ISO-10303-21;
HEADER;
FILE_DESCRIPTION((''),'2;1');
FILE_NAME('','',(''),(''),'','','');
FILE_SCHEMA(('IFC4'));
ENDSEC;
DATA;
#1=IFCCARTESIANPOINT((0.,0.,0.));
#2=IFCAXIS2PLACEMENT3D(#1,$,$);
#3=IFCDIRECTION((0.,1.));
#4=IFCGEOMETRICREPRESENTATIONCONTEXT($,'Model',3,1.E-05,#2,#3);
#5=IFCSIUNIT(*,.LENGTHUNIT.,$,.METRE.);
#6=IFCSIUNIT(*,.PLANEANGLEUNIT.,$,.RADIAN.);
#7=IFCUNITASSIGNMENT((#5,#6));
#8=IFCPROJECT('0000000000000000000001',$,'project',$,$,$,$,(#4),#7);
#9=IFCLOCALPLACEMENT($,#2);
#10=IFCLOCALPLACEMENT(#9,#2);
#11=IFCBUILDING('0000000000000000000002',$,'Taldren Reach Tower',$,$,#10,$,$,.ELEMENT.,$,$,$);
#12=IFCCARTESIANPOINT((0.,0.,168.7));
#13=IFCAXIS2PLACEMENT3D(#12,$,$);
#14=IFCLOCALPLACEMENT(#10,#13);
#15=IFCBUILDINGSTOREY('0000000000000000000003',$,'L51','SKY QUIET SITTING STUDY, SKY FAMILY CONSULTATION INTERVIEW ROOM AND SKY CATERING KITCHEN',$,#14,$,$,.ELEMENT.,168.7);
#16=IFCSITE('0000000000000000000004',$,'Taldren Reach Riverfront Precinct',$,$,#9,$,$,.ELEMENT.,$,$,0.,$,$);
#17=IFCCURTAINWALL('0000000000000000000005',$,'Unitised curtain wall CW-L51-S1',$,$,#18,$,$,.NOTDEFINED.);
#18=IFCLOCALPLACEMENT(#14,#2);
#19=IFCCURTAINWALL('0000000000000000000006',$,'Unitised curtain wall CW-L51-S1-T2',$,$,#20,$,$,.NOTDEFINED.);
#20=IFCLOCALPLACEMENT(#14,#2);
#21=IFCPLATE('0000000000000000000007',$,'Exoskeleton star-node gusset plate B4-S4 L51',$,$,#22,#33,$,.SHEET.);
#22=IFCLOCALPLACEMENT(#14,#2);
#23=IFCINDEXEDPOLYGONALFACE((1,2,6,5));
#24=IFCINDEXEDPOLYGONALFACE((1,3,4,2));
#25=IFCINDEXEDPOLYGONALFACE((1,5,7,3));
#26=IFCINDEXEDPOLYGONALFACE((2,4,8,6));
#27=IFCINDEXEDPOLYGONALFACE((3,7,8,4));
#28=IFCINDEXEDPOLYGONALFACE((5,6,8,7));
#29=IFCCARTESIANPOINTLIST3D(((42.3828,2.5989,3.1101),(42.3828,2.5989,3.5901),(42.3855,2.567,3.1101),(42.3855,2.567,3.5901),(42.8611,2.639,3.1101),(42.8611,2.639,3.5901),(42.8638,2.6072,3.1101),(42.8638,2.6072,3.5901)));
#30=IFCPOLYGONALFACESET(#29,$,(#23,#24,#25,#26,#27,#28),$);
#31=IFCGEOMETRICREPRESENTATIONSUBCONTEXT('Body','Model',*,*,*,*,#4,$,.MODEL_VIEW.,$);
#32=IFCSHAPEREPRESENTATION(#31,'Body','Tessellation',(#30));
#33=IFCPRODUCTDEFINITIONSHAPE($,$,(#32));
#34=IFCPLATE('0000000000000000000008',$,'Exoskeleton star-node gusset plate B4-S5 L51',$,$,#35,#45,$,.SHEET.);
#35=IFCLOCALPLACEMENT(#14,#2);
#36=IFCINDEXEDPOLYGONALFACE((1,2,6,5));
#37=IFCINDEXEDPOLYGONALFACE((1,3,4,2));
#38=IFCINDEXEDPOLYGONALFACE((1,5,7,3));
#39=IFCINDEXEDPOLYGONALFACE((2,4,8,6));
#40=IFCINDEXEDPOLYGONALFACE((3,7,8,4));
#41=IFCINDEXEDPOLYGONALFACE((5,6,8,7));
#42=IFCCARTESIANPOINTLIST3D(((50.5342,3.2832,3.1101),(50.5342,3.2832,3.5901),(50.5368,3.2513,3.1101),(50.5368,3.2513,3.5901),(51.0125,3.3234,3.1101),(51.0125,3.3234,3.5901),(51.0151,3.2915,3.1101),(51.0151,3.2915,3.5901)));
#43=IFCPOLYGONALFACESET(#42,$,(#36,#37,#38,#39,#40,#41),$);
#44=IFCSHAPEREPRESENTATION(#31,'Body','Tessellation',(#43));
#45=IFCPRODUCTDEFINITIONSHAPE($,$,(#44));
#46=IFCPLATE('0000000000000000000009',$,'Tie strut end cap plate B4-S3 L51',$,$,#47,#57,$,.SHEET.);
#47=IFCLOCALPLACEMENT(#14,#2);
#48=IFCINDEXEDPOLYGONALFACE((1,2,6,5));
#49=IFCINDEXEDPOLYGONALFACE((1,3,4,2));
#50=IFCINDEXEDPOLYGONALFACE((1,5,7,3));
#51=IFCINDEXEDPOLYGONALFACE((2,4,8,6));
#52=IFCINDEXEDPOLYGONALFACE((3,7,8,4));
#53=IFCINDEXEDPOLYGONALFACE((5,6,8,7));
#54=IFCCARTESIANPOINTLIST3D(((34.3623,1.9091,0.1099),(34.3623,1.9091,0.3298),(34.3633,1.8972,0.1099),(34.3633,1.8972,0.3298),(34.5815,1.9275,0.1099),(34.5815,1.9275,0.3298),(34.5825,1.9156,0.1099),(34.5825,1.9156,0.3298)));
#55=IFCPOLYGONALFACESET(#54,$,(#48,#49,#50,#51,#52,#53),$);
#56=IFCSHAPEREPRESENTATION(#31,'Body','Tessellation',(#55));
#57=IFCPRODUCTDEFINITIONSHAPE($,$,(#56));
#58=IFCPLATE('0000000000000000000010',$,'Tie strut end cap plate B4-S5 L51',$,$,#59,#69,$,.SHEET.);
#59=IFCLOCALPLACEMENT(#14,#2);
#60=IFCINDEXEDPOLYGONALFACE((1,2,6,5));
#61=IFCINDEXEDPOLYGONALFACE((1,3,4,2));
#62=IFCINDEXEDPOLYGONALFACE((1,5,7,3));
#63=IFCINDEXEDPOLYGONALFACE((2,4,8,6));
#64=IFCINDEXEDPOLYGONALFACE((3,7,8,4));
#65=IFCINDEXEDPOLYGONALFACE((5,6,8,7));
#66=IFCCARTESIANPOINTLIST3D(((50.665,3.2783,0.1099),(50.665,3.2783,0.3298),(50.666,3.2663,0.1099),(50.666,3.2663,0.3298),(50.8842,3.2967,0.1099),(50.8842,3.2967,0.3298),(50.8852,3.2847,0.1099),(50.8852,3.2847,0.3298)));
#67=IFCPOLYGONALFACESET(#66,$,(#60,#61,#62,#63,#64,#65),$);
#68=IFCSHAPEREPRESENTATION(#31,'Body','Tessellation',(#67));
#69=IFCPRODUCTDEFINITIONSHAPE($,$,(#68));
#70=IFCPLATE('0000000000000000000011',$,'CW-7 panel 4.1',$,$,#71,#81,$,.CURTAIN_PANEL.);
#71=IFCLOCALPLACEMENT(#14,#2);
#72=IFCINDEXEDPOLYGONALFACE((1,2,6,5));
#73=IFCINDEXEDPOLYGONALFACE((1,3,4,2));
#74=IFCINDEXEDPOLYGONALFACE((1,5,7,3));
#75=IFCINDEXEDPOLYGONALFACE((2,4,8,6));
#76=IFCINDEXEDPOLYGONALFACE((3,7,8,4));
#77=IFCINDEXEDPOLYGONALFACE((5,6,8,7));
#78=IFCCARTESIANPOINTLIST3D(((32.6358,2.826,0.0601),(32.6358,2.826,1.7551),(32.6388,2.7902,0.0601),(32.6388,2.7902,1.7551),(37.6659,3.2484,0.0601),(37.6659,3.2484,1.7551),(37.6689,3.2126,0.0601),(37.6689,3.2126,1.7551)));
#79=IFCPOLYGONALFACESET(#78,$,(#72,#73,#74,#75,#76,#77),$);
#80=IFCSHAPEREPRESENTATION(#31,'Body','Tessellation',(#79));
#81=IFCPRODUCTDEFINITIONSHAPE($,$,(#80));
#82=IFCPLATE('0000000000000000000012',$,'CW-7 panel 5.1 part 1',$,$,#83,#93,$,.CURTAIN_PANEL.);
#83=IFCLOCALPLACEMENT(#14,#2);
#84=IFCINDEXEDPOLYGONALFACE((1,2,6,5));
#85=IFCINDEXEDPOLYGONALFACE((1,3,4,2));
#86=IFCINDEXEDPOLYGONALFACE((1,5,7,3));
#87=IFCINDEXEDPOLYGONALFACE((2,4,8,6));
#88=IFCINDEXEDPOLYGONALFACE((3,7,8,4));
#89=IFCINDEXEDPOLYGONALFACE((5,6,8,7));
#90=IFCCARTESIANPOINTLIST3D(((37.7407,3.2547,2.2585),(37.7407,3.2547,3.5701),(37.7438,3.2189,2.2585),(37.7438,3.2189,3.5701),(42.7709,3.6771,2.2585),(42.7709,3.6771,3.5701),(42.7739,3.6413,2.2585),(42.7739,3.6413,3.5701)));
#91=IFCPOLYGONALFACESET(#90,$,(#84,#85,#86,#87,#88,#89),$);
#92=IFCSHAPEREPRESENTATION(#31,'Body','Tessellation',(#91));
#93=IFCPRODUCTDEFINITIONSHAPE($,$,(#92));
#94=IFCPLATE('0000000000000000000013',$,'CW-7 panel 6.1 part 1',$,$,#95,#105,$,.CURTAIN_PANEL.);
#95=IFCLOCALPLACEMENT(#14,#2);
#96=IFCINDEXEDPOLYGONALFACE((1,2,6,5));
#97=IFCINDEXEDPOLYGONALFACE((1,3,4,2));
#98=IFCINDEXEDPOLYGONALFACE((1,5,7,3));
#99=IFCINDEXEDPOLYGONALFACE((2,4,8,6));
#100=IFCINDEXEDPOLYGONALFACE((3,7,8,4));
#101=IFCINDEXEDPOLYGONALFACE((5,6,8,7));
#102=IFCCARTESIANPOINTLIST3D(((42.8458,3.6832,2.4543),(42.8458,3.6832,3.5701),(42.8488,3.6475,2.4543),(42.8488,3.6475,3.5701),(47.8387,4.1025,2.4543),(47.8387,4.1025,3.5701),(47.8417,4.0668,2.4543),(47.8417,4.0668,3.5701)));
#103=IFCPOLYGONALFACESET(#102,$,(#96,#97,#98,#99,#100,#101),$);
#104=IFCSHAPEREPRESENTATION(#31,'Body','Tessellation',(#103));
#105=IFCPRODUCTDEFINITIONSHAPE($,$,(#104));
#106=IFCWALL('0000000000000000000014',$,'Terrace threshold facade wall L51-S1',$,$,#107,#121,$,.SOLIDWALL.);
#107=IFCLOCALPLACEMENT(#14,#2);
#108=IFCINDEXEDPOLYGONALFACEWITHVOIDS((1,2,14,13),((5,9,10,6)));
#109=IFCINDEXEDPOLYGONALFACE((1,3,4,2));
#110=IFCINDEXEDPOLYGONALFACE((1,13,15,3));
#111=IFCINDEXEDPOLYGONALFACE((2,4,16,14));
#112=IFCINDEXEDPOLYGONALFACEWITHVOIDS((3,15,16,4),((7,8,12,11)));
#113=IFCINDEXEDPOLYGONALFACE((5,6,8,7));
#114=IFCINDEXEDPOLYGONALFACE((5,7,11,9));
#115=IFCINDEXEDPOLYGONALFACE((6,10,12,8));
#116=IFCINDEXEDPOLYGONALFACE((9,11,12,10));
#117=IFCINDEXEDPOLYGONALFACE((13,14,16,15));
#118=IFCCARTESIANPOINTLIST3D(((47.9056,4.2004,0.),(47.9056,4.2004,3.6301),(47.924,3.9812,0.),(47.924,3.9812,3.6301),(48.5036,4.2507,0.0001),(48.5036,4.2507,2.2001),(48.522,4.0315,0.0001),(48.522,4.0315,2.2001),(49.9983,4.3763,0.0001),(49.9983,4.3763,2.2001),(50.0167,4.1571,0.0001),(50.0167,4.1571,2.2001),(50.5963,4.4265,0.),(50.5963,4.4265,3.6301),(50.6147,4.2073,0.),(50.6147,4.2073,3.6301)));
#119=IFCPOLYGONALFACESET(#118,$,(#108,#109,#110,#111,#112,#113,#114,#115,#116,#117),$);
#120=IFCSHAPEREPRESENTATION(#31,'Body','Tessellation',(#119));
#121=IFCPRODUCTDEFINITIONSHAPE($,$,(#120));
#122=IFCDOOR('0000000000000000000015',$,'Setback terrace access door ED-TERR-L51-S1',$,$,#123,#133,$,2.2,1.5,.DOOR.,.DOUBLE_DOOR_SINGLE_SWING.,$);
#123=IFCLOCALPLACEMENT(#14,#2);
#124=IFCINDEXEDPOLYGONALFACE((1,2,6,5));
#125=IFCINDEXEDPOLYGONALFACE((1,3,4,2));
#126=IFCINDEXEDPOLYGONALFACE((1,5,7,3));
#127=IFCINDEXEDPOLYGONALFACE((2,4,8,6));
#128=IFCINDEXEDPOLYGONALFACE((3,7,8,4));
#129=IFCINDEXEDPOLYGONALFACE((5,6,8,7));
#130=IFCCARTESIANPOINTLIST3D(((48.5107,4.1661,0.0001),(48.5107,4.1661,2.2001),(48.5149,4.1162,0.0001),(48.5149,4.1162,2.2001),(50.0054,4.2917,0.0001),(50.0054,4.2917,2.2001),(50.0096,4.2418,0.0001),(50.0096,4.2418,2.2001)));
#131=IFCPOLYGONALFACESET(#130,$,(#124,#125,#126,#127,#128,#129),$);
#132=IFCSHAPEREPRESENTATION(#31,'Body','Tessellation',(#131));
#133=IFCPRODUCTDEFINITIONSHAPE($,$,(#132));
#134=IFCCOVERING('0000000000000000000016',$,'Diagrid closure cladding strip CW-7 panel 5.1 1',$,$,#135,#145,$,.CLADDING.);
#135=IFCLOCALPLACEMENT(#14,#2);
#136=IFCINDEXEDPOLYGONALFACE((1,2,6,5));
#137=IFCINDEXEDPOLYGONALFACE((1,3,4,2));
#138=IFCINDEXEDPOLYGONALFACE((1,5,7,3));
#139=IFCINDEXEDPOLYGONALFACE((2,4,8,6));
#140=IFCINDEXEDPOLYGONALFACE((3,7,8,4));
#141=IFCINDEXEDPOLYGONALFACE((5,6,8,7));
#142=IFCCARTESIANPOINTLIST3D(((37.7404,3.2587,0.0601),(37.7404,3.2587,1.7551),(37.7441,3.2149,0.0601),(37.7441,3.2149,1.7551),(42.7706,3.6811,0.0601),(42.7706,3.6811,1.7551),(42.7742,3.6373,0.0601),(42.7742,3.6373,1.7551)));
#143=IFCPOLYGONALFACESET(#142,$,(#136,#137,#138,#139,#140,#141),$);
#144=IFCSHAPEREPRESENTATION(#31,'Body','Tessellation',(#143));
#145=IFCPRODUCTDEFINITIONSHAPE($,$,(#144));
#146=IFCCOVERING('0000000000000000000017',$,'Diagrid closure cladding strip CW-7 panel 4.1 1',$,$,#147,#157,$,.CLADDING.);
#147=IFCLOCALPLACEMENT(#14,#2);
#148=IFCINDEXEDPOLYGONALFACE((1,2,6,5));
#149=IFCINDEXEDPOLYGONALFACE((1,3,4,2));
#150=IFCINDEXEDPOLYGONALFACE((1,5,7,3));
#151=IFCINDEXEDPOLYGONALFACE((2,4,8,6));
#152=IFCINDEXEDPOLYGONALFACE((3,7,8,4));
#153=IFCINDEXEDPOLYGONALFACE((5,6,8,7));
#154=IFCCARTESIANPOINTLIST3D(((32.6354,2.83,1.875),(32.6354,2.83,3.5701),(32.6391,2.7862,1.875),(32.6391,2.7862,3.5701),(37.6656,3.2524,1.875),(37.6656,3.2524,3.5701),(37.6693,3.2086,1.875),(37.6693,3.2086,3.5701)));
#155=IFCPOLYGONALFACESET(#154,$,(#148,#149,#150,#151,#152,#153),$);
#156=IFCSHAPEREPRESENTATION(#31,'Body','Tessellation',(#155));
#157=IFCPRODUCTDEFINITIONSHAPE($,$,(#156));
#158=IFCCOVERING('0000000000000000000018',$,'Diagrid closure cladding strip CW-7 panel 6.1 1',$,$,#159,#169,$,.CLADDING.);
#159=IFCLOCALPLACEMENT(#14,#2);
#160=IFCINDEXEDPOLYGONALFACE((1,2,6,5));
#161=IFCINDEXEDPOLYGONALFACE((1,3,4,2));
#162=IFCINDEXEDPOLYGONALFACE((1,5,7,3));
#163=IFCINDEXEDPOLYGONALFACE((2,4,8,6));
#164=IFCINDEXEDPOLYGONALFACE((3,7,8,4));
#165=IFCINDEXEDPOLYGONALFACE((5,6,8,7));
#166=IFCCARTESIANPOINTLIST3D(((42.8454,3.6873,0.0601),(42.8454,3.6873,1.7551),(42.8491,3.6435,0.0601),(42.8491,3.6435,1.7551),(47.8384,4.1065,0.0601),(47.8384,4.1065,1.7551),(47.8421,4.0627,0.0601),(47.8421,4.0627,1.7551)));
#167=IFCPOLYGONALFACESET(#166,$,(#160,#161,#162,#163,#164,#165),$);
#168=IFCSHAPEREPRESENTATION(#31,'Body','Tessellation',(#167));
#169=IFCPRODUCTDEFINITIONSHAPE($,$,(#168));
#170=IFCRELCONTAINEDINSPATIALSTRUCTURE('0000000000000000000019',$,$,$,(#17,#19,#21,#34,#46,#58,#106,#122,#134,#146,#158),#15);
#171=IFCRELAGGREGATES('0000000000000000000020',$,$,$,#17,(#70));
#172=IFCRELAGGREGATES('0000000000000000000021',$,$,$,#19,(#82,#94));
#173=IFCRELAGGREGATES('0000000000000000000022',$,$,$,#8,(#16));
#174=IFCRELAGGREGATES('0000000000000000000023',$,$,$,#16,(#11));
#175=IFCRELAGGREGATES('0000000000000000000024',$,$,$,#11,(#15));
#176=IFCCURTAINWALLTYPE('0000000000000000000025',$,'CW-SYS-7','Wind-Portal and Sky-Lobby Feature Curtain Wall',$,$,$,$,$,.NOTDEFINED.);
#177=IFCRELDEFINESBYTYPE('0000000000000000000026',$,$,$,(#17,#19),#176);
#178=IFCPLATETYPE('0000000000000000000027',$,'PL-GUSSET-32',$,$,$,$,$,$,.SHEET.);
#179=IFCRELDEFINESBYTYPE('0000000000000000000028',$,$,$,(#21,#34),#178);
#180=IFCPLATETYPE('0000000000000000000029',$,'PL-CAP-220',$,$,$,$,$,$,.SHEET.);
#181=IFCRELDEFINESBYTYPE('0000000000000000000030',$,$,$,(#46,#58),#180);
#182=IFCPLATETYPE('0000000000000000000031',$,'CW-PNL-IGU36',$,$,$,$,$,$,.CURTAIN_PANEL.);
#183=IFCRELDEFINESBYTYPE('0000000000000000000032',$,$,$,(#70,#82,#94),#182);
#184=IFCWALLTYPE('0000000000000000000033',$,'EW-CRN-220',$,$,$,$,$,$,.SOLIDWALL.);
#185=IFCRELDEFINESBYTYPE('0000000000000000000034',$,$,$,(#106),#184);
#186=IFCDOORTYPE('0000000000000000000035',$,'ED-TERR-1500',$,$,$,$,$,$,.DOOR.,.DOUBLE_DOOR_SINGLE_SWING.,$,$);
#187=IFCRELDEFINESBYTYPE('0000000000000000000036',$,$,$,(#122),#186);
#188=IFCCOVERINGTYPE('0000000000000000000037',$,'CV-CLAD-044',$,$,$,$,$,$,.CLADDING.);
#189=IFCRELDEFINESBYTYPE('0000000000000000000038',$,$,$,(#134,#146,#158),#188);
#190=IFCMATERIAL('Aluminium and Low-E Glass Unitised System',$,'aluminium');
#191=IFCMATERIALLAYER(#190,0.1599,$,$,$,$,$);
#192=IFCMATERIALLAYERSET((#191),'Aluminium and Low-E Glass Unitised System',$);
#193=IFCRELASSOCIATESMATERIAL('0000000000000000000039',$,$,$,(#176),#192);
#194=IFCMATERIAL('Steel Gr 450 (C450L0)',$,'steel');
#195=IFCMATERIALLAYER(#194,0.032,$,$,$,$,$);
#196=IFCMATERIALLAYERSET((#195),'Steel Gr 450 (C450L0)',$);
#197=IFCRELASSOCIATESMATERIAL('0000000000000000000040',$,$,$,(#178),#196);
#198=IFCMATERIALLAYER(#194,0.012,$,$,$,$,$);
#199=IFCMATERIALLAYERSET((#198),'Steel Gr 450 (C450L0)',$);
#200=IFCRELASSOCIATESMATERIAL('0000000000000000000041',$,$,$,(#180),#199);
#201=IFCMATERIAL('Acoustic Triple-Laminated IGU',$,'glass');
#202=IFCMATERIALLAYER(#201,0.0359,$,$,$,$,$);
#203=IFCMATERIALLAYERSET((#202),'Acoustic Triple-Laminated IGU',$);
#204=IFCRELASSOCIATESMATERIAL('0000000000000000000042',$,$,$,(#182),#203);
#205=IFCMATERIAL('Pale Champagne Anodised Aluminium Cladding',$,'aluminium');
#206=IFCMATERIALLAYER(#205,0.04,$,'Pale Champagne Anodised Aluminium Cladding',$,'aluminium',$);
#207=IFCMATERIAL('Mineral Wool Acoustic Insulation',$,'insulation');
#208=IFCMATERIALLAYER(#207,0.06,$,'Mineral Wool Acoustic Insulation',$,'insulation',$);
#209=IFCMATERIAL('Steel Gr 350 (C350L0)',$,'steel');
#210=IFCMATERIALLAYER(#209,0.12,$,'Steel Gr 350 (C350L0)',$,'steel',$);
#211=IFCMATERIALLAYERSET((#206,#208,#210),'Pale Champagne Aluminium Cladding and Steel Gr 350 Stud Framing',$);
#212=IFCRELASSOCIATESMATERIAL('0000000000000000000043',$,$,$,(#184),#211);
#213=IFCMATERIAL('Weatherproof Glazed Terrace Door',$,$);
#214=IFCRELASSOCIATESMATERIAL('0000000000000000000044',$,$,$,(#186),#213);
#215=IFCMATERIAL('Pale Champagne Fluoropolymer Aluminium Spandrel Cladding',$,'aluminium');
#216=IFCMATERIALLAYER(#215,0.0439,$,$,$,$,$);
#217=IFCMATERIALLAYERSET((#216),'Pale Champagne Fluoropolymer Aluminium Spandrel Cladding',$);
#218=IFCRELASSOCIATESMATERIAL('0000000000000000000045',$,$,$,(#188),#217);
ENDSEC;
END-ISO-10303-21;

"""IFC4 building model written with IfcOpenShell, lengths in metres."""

from ifc_helpers import new_model, si_unit, direction, frame, frame_2d, origin, origin_2d, place, context, subcontext, project, spatial, rectangle, extrude, source, transform, mapped, material, layer, layer_set, type_object, element, fill, aggregate, save


model = new_model("IFC4")

# Units and contexts
model_context = context("Model", 3, precision=1e-05, world=origin(), true_north=direction((0.0, 1.0)))
body_context = subcontext(model_context, "Body", "Model", "MODEL_VIEW")
ifc_project = project(units=[si_unit("LENGTHUNIT", "METRE"), si_unit("PLANEANGLEUNIT", "RADIAN")], contexts=[model_context])

# Site, building, storey
site_placement = place(None, origin())
site = spatial("IfcSite", under=ifc_project, at=site_placement, Name="Taldren Reach Riverfront Precinct", CompositionType="ELEMENT", RefElevation=0.0)
building_placement = place(site_placement, origin())
building = spatial("IfcBuilding", under=site, at=building_placement, Name="Taldren Reach Tower", CompositionType="ELEMENT")
storey_placement = place(building_placement, frame((0.0, 0.0, 168.7)))
storey = spatial("IfcBuildingStorey", under=building, at=storey_placement, Name="L51", Description="SKY QUIET SITTING STUDY, SKY FAMILY CONSULTATION INTERVIEW ROOM AND SKY CATERING KITCHEN", CompositionType="ELEMENT", Elevation=168.7)

# Shared definitions
ifc_material_1 = material(Name="Steel Gr 450 (C450L0)", Category="steel")
ifc_material_2 = material(Name="Steel Gr 350 (C350L0)", Category="steel")

# Curtain walls
ifc_material_3 = material(Name="Aluminium and Low-E Glass Unitised System", Category="aluminium")
ifc_layer_1 = layer(ifc_material_3, 0.1599)
ifc_layer_set_1 = layer_set([ifc_layer_1], Name="Aluminium and Low-E Glass Unitised System")
curtain_wall_type = type_object("IfcCurtainWallType", Name="CW-SYS-7", Description="Wind-Portal and Sky-Lobby Feature Curtain Wall", PredefinedType="NOTDEFINED", material=ifc_layer_set_1)
curtain_wall_1_placement = place(storey_placement, origin())
curtain_wall_1 = element("IfcCurtainWall", 1, at=curtain_wall_1_placement, inside=storey, type_object=curtain_wall_type, Name="Unitised curtain wall CW-L51-S1", PredefinedType="NOTDEFINED")
curtain_wall_2_placement = place(storey_placement, origin())
curtain_wall_2 = element("IfcCurtainWall", 2, at=curtain_wall_2_placement, inside=storey, type_object=curtain_wall_type, Name="Unitised curtain wall CW-L51-S1-T2", PredefinedType="NOTDEFINED")

# Plates
ifc_layer_2 = layer(ifc_material_1, 0.032)
ifc_layer_set_2 = layer_set([ifc_layer_2], Name="Steel Gr 450 (C450L0)")
plate_type_1 = type_object("IfcPlateType", Name="PL-GUSSET-32", PredefinedType="SHEET", material=ifc_layer_set_2)
shared_shape_1 = source(origin(), body_context, "Body", "SweptSolid", [
    extrude(rectangle(XDim=0.48, YDim=0.032, at=origin_2d()), origin(), (0.0, 0.0, 1.0), 0.48),
])
for number, where, z_axis, x_axis, name in (
    (3, (42.6233, 2.603, 3.1101), (0.0, 0.0, 1.0), (0.996493, 0.083678, 0.0), "Exoskeleton star-node gusset plate B4-S4 L51"),
    (4, (50.7747, 3.2874, 3.1101), (0.0, 0.0, 1.0), (0.996493, 0.083678, 0.0), "Exoskeleton star-node gusset plate B4-S5 L51"),
):
    element("IfcPlate", number, at=place(storey_placement, frame(where, z_axis=z_axis, x_axis=x_axis)), inside=storey, type_object=plate_type_1, Name=name, PredefinedType="SHEET", context=body_context, shape_type="MappedRepresentation", body=[
        mapped(shared_shape_1, transform((0.0, 0.0, 0.0), scale=1.0)),
    ])
ifc_layer_3 = layer(ifc_material_1, 0.012)
ifc_layer_set_3 = layer_set([ifc_layer_3], Name="Steel Gr 450 (C450L0)")
plate_type_2 = type_object("IfcPlateType", Name="PL-CAP-220", PredefinedType="SHEET", material=ifc_layer_set_3)
shared_shape_2 = source(origin(), body_context, "Body", "SweptSolid", [
    extrude(rectangle(XDim=0.22, YDim=0.012, at=origin_2d()), origin(), (0.0, 0.0, 1.0), 0.22),
])
for number, where, z_axis, x_axis, name in (
    (5, (34.4724, 1.9124, 0.1099), (0.0, 0.0, 1.0), (0.996493, 0.083678, 0.0), "Tie strut end cap plate B4-S3 L51"),
    (6, (50.7751, 3.2815, 0.1099), (0.0, 0.0, 1.0), (0.996493, 0.083678, 0.0), "Tie strut end cap plate B4-S5 L51"),
):
    element("IfcPlate", number, at=place(storey_placement, frame(where, z_axis=z_axis, x_axis=x_axis)), inside=storey, type_object=plate_type_2, Name=name, PredefinedType="SHEET", context=body_context, shape_type="MappedRepresentation", body=[
        mapped(shared_shape_2, transform((0.0, 0.0, 0.0), scale=1.0)),
    ])

# Plates
ifc_material_4 = material(Name="Acoustic Triple-Laminated IGU", Category="glass")
ifc_layer_4 = layer(ifc_material_4, 0.0359)
ifc_layer_set_4 = layer_set([ifc_layer_4], Name="Acoustic Triple-Laminated IGU")
plate_type_3 = type_object("IfcPlateType", Name="CW-PNL-IGU36", PredefinedType="CURTAIN_PANEL", material=ifc_layer_set_4)
shared_shape_3 = source(origin(), body_context, "Body", "SweptSolid", [
    extrude(rectangle(XDim=5.0479, YDim=0.0359, at=origin_2d()), origin(), (0.0, 0.0, 1.0), 1.6951),
])
plate_1_placement = place(storey_placement, frame((35.1523, 3.0193, 0.0601), z_axis=(0.0, 0.0, 1.0), x_axis=(0.996493, 0.083678, 0.0)))
plate_1 = element("IfcPlate", 7, at=plate_1_placement, type_object=plate_type_3, Name="CW-7 panel 4.1", PredefinedType="CURTAIN_PANEL", context=body_context, shape_type="MappedRepresentation", body=[
    mapped(shared_shape_3, transform((0.0, 0.0, 0.0), scale=1.0)),
])
aggregate(curtain_wall_1, [plate_1])
shared_shape_4 = source(origin(), body_context, "Body", "SweptSolid", [
    extrude(rectangle(XDim=5.0479, YDim=0.0359, at=origin_2d()), origin(), (0.0, 0.0, 1.0), 1.3115),
])
plate_2_placement = place(storey_placement, frame((40.2573, 3.448, 2.2585), z_axis=(0.0, 0.0, 1.0), x_axis=(0.996493, 0.083678, 0.0)))
plate_2 = element("IfcPlate", 8, at=plate_2_placement, type_object=plate_type_3, Name="CW-7 panel 5.1 part 1", PredefinedType="CURTAIN_PANEL", context=body_context, shape_type="MappedRepresentation", body=[
    mapped(shared_shape_4, transform((0.0, 0.0, 0.0), scale=1.0)),
])
shared_shape_5 = source(origin(), body_context, "Body", "SweptSolid", [
    extrude(rectangle(XDim=5.0105, YDim=0.0359, at=origin_2d()), origin(), (0.0, 0.0, 1.0), 1.1157),
])
plate_3_placement = place(storey_placement, frame((45.3438, 3.875, 2.4543), z_axis=(0.0, 0.0, 1.0), x_axis=(0.996493, 0.083678, 0.0)))
plate_3 = element("IfcPlate", 9, at=plate_3_placement, type_object=plate_type_3, Name="CW-7 panel 6.1 part 1", PredefinedType="CURTAIN_PANEL", context=body_context, shape_type="MappedRepresentation", body=[
    mapped(shared_shape_5, transform((0.0, 0.0, 0.0), scale=1.0)),
])
aggregate(curtain_wall_2, [plate_2, plate_3])

# Wall, opening, door
ifc_material_5 = material(Name="Pale Champagne Anodised Aluminium Cladding", Category="aluminium")
ifc_layer_5 = layer(ifc_material_5, 0.04, Name="Pale Champagne Anodised Aluminium Cladding", Category="aluminium")
ifc_material_6 = material(Name="Mineral Wool Acoustic Insulation", Category="insulation")
ifc_layer_6 = layer(ifc_material_6, 0.06, Name="Mineral Wool Acoustic Insulation", Category="insulation")
ifc_layer_7 = layer(ifc_material_2, 0.12, Name="Steel Gr 350 (C350L0)", Category="steel")
ifc_layer_set_5 = layer_set([ifc_layer_5, ifc_layer_6, ifc_layer_7], Name="Pale Champagne Aluminium Cladding and Steel Gr 350 Stud Framing")
wall_type = type_object("IfcWallType", Name="EW-CRN-220", PredefinedType="SOLIDWALL", material=ifc_layer_set_5)
shared_shape_6 = source(origin(), body_context, "Body", "SweptSolid", [
    extrude(rectangle(XDim=2.7002, YDim=0.22, at=frame_2d((1.3501, 0.0))), origin(), (0.0, 0.0, 1.0), 3.6301),
])
wall_placement = place(storey_placement, frame((47.9148, 4.0908, 0.0), z_axis=(0.0, 0.0, 1.0), x_axis=(0.996489, 0.083726, 0.0)))
wall = element("IfcWall", 10, at=wall_placement, inside=storey, type_object=wall_type, Name="Terrace threshold facade wall L51-S1", PredefinedType="SOLIDWALL", context=body_context, shape_type="MappedRepresentation", body=[
    mapped(shared_shape_6, transform((0.0, 0.0, 0.0), scale=1.0)),
])
shared_shape_7 = source(origin(), body_context, "Body", "SweptSolid", [
    extrude(rectangle(XDim=1.5, YDim=2.2, at=frame_2d((0.75, 1.1001))), frame((0.0, 0.1201, 0.0), z_axis=(0.0, -1.0, 0.0), x_axis=(1.0, 0.0, 0.0)), (0.0, 0.0, 1.0), 0.24),
])
opening_placement = place(wall_placement, frame((0.6001, 0.0, 0.0)))
opening = element("IfcOpeningElement", 11, at=opening_placement, cuts=wall, PredefinedType="OPENING", context=body_context, shape_type="MappedRepresentation", body=[
    mapped(shared_shape_7, transform((0.0, 0.0, 0.0), scale=1.0)),
])
ifc_material_7 = material(Name="Weatherproof Glazed Terrace Door")
door_type = type_object("IfcDoorType", Name="ED-TERR-1500", OperationType="DOUBLE_DOOR_SINGLE_SWING", PredefinedType="DOOR", material=ifc_material_7)
shared_shape_8 = source(origin(), body_context, "Body", "SweptSolid", [
    extrude(rectangle(XDim=1.5, YDim=2.2, at=frame_2d((0.75, 1.1001))), frame((0.0, 0.0249, 0.0), z_axis=(0.0, -1.0, 0.0), x_axis=(1.0, 0.0, 0.0)), (0.0, 0.0, 1.0), 0.05),
])
door_placement = place(opening_placement, frame((1.5, 0.0, 0.0), z_axis=(0.0, 0.0, 1.0), x_axis=(-1.0, 0.0, 0.0)))
door = element("IfcDoor", 12, at=door_placement, inside=storey, type_object=door_type, Name="Setback terrace access door ED-TERR-L51-S1", OperationType="DOUBLE_DOOR_SINGLE_SWING", OverallHeight=2.2, OverallWidth=1.5, PredefinedType="DOOR", context=body_context, shape_type="MappedRepresentation", body=[
    mapped(shared_shape_8, transform((0.0, 0.0, 0.0), scale=1.0)),
])
fill(opening, door)

# Coverings
ifc_material_8 = material(Name="Pale Champagne Fluoropolymer Aluminium Spandrel Cladding", Category="aluminium")
ifc_layer_8 = layer(ifc_material_8, 0.0439)
ifc_layer_set_6 = layer_set([ifc_layer_8], Name="Pale Champagne Fluoropolymer Aluminium Spandrel Cladding")
covering_type = type_object("IfcCoveringType", Name="CV-CLAD-044", PredefinedType="CLADDING", material=ifc_layer_set_6)
shared_shape_9 = source(origin(), body_context, "Body", "SweptSolid", [
    extrude(rectangle(XDim=5.0479, YDim=0.0439, at=origin_2d()), origin(), (0.0, 0.0, 1.0), 1.6951),
])
for number, where, z_axis, x_axis, name in (
    (13, (40.2573, 3.448, 0.0601), (0.0, 0.0, 1.0), (0.996493, 0.083678, 0.0), "Diagrid closure cladding strip CW-7 panel 5.1 1"),
    (14, (35.1523, 3.0193, 1.875), (0.0, 0.0, 1.0), (0.996493, 0.083678, 0.0), "Diagrid closure cladding strip CW-7 panel 4.1 1"),
):
    element("IfcCovering", number, at=place(storey_placement, frame(where, z_axis=z_axis, x_axis=x_axis)), inside=storey, type_object=covering_type, Name=name, PredefinedType="CLADDING", context=body_context, shape_type="MappedRepresentation", body=[
        mapped(shared_shape_9, transform((0.0, 0.0, 0.0), scale=1.0)),
    ])
shared_shape_10 = source(origin(), body_context, "Body", "SweptSolid", [
    extrude(rectangle(XDim=5.0105, YDim=0.0439, at=origin_2d()), origin(), (0.0, 0.0, 1.0), 1.6951),
])
covering_1_placement = place(storey_placement, frame((45.3438, 3.875, 0.0601), z_axis=(0.0, 0.0, 1.0), x_axis=(0.996493, 0.083678, 0.0)))
element("IfcCovering", 15, at=covering_1_placement, inside=storey, type_object=covering_type, Name="Diagrid closure cladding strip CW-7 panel 6.1 1", PredefinedType="CLADDING", context=body_context, shape_type="MappedRepresentation", body=[
    mapped(shared_shape_10, transform((0.0, 0.0, 0.0), scale=1.0)),
])

save(model, "model.ifc")
